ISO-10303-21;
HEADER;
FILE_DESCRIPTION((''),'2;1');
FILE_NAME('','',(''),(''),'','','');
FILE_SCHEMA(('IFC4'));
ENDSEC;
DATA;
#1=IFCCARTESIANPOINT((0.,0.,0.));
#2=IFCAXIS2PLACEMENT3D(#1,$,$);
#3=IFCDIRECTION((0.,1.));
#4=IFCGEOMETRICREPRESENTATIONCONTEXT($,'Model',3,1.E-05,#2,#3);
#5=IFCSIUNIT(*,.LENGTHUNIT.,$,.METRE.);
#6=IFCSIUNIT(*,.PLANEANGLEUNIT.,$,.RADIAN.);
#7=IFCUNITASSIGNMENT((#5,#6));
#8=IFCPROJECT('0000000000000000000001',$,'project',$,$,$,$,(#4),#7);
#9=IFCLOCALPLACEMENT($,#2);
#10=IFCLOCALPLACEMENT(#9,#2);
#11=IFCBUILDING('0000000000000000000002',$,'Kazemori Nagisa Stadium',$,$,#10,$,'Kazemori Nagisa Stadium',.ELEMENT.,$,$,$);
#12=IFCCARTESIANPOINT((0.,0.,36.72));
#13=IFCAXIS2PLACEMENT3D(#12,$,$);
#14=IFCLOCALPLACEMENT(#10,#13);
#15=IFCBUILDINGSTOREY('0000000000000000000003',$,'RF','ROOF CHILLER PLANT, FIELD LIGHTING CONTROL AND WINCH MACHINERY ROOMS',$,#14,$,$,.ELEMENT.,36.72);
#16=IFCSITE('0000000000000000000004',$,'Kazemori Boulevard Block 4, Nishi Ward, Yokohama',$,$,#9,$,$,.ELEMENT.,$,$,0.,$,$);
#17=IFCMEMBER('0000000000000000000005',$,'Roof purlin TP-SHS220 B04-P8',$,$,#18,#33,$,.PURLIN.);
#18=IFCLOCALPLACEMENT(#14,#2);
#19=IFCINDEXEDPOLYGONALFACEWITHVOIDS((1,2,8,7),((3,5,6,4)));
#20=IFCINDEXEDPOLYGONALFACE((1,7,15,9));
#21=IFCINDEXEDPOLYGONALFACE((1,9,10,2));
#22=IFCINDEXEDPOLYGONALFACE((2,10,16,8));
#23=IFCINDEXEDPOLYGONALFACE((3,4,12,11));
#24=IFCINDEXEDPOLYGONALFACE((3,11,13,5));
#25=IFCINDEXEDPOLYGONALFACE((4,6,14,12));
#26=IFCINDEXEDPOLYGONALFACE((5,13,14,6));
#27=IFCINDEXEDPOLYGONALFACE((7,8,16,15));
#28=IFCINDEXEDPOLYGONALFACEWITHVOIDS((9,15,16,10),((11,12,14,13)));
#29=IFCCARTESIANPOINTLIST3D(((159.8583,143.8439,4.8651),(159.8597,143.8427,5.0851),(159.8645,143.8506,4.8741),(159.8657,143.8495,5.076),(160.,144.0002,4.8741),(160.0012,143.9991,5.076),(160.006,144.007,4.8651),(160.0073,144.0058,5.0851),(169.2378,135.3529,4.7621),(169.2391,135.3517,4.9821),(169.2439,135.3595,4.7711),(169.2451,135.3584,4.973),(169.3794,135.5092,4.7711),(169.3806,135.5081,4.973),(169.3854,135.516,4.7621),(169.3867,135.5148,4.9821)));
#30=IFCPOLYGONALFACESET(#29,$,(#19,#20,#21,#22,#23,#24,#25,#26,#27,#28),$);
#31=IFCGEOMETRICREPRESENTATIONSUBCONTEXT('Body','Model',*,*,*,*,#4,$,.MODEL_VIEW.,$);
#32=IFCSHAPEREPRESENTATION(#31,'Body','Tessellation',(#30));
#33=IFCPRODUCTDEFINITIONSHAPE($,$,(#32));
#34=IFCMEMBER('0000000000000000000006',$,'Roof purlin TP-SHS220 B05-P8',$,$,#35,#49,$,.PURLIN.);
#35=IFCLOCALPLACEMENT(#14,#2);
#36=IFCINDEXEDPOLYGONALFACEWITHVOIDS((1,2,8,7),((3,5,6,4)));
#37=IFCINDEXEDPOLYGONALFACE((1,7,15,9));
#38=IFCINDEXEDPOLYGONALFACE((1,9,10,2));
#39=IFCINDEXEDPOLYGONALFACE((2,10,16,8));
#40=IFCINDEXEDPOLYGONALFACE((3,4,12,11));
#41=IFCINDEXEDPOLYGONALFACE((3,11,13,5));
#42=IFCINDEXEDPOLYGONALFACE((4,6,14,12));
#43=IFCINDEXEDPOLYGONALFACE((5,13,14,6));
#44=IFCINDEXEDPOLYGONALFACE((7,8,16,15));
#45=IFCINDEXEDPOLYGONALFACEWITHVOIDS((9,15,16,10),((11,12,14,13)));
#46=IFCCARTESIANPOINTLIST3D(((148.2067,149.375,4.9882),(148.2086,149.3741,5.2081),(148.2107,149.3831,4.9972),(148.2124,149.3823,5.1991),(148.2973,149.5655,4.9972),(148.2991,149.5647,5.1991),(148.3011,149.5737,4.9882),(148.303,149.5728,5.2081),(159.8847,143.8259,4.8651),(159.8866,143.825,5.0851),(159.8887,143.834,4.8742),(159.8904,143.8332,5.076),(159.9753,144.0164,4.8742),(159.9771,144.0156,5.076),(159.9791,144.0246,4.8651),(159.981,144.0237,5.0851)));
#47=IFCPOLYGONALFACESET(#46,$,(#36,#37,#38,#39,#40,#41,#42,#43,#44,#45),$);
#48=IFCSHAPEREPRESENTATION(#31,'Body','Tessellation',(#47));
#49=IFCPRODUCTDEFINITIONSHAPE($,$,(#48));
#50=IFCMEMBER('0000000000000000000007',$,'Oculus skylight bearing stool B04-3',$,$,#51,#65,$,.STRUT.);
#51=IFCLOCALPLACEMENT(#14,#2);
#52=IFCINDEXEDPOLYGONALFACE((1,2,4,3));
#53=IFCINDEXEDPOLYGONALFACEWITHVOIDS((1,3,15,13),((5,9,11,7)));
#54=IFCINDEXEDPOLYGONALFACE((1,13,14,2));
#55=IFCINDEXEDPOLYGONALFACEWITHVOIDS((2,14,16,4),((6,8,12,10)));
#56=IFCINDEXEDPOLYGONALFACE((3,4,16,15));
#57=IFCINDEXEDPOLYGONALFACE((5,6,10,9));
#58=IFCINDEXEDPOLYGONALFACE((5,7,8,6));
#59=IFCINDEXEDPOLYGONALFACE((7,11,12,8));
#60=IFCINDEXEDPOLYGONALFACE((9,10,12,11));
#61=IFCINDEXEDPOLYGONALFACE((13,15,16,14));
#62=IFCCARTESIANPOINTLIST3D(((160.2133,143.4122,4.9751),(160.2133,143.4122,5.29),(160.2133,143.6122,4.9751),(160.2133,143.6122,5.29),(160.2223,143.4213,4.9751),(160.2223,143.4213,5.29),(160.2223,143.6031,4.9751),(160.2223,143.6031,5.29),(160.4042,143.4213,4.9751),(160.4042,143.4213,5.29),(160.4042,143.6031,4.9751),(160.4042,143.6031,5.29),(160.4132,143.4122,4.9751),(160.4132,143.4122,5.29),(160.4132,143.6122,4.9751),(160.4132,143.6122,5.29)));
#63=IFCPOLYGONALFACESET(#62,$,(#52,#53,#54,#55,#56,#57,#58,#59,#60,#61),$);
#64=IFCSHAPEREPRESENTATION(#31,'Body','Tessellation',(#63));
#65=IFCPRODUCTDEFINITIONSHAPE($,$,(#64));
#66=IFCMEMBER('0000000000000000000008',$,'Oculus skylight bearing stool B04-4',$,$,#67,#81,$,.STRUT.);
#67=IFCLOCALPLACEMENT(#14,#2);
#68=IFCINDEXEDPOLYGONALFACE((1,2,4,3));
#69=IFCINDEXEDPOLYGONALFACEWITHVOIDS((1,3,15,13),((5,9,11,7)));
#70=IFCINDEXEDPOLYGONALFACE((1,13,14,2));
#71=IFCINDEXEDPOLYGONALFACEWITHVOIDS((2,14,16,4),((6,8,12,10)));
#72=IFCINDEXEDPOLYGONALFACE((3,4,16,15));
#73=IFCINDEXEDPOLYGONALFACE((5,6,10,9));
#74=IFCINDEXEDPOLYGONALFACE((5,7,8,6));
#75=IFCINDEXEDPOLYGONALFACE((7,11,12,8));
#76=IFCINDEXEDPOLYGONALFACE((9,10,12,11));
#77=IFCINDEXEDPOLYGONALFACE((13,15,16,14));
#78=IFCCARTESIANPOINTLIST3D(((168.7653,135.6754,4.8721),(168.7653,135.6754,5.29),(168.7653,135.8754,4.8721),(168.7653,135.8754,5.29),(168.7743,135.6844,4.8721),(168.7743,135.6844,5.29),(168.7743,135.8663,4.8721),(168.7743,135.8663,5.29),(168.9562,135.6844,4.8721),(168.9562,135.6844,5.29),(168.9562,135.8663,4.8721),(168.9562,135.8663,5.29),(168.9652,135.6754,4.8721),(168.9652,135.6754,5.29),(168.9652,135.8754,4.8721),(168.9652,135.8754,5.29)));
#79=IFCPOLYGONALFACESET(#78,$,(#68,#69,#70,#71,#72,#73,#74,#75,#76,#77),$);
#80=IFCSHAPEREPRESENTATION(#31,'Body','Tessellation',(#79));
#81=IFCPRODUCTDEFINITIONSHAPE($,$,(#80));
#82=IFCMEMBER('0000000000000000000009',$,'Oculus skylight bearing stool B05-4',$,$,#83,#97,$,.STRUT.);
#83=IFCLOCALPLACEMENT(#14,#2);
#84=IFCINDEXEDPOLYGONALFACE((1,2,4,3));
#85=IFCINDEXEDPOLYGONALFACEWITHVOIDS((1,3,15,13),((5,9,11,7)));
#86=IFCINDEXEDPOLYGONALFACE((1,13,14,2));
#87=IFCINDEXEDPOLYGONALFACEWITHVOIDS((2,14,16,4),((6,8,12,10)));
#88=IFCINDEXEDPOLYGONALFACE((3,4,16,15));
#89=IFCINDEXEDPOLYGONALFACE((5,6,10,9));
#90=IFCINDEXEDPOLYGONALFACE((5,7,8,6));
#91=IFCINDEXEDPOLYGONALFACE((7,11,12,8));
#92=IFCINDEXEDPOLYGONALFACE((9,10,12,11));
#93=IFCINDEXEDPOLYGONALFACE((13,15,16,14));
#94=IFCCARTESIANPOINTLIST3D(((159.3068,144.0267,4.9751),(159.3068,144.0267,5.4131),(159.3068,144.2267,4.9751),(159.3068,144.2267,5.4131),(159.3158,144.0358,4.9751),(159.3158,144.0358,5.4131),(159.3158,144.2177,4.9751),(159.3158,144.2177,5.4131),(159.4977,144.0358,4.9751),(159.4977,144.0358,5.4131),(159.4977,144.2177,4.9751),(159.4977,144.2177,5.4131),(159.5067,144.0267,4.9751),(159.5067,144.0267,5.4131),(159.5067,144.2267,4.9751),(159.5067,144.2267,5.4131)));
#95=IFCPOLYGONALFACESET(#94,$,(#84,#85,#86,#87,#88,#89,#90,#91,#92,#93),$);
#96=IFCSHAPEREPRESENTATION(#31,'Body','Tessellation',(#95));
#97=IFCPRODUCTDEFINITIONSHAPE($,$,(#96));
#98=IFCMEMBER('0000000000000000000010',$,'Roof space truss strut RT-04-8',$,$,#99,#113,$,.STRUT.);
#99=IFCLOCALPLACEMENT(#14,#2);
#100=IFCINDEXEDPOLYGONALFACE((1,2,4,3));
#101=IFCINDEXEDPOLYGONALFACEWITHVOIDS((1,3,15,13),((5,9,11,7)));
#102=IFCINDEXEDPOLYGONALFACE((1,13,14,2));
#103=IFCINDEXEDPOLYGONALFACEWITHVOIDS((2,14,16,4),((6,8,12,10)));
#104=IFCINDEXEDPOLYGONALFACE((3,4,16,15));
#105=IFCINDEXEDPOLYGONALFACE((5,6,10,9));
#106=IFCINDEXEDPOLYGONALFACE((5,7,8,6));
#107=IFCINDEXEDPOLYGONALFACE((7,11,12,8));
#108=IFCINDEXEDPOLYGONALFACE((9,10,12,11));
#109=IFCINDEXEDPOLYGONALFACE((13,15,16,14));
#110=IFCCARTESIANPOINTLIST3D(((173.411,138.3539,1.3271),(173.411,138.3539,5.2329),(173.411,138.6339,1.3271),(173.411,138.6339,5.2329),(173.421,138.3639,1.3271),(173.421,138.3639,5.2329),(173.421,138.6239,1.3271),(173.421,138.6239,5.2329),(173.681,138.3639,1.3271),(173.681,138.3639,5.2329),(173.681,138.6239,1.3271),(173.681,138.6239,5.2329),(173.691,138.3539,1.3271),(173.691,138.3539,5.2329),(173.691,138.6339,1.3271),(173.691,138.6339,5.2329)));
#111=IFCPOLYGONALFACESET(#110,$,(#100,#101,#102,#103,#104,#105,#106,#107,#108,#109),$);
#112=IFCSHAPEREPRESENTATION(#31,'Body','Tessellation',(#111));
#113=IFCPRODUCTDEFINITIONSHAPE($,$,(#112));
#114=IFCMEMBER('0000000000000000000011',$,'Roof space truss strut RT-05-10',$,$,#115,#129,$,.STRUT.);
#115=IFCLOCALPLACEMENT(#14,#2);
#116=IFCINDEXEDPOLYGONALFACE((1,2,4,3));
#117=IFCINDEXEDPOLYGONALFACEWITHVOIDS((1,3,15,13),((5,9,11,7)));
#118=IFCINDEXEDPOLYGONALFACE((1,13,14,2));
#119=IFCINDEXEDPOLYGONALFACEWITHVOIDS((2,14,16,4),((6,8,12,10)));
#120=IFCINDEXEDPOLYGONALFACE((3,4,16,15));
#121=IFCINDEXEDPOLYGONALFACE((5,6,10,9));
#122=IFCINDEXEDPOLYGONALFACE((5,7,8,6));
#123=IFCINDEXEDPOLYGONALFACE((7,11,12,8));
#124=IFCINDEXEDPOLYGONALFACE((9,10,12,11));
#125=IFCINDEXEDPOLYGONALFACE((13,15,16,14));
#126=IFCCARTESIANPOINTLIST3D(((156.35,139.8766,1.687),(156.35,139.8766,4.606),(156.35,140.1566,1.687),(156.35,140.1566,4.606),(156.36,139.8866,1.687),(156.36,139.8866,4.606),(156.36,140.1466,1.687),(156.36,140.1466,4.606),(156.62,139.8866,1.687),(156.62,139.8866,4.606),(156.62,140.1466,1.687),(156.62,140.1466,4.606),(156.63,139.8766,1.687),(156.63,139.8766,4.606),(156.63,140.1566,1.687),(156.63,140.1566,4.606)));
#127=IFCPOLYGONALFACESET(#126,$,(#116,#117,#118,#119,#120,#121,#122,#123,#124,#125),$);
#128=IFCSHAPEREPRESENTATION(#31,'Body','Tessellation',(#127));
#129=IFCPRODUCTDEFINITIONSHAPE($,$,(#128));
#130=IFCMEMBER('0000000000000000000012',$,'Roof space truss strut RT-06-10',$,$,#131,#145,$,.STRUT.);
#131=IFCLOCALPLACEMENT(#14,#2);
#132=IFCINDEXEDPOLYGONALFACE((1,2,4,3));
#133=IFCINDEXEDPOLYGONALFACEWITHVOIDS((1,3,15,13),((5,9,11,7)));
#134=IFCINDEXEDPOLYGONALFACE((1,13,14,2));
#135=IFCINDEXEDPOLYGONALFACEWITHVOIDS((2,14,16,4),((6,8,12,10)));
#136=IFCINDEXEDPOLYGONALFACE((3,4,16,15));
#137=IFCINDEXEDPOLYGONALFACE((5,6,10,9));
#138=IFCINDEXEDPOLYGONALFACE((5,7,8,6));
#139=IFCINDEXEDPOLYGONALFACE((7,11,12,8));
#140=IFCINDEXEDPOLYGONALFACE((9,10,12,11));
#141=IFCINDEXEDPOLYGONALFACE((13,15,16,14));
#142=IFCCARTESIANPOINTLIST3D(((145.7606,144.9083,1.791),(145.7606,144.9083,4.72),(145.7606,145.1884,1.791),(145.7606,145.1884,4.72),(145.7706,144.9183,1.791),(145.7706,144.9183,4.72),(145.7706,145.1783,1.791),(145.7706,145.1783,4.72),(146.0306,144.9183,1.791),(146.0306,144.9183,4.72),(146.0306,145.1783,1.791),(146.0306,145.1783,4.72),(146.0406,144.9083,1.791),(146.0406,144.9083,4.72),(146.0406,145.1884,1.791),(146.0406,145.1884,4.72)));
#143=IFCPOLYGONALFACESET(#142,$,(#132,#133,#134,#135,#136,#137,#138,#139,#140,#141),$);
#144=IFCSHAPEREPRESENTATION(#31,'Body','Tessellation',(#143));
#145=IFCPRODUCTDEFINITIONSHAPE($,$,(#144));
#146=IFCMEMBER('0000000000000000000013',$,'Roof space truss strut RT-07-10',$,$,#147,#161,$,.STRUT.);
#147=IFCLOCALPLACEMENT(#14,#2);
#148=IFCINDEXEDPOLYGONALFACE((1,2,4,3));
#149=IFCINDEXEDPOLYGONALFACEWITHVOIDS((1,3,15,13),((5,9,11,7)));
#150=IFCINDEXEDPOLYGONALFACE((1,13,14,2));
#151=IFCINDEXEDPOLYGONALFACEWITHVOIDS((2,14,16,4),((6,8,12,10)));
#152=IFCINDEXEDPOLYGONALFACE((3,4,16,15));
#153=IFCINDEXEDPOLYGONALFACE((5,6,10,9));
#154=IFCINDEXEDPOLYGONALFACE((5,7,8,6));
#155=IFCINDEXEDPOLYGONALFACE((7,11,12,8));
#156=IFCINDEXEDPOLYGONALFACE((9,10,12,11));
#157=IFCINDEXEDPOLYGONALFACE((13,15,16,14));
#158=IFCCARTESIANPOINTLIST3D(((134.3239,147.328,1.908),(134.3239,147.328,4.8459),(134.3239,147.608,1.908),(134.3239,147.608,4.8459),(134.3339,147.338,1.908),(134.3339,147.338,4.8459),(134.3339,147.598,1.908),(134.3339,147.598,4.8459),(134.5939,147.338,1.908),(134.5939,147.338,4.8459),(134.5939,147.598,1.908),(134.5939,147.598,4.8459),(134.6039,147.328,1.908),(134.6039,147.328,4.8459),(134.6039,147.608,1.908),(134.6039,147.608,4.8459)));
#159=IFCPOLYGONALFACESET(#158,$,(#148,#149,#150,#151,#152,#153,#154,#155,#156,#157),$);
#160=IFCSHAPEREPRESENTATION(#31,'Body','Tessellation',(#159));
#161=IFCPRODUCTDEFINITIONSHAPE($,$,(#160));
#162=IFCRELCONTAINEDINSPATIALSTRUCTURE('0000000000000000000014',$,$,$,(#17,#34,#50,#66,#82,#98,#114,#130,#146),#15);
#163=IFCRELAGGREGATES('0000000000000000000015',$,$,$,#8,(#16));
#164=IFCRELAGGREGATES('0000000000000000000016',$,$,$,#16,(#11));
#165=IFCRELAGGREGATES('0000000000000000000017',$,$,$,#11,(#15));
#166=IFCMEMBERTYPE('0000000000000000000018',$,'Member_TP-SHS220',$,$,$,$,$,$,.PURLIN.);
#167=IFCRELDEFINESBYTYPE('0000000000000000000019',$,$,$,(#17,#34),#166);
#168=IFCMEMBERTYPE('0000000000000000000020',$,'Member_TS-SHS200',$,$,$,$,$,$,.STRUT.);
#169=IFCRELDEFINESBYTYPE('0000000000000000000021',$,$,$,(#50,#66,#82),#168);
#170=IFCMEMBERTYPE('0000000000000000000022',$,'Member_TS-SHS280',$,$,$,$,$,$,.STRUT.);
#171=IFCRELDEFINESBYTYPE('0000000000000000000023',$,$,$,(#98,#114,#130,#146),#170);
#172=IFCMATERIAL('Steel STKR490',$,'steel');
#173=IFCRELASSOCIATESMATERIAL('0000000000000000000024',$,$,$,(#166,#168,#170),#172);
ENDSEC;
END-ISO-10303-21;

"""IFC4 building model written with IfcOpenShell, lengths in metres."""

from ifc_helpers import new_model, si_unit, direction, frame, origin, origin_2d, place, context, subcontext, project, spatial, hollow_rectangle, extrude, material, material_profile, profile_set, type_object, element, save


model = new_model("IFC4")

# Units and contexts
model_context = context("Model", 3, precision=1e-05, world=origin(), true_north=direction((0.0, 1.0)))
body_context = subcontext(model_context, "Body", "Model", "MODEL_VIEW")
ifc_project = project(units=[si_unit("LENGTHUNIT", "METRE"), si_unit("PLANEANGLEUNIT", "RADIAN")], contexts=[model_context])

# Site, building, storey
site_placement = place(None, origin())
site = spatial("IfcSite", under=ifc_project, at=site_placement, Name="Kazemori Boulevard Block 4, Nishi Ward, Yokohama", CompositionType="ELEMENT", RefElevation=0.0)
building_placement = place(site_placement, origin())
building = spatial("IfcBuilding", under=site, at=building_placement, Name="Kazemori Nagisa Stadium", LongName="Kazemori Nagisa Stadium", CompositionType="ELEMENT")
storey_placement = place(building_placement, frame((0.0, 0.0, 36.72)))
storey = spatial("IfcBuildingStorey", under=building, at=storey_placement, Name="RF", Description="ROOF CHILLER PLANT, FIELD LIGHTING CONTROL AND WINCH MACHINERY ROOMS", CompositionType="ELEMENT", Elevation=36.72)

# Members
ifc_material = material(Name="Steel STKR490", Category="steel")
ifc_material_profile_1 = material_profile(ifc_material, hollow_rectangle(XDim=0.22, YDim=0.22, WallThickness=0.009, at=origin_2d()), Name="SHS-220x220x9")
ifc_profile_set_1 = profile_set([ifc_material_profile_1], Name="Steel STKR490")
member_type_1 = type_object("IfcMemberType", Name="Member_TP-SHS220", PredefinedType="PURLIN", material=ifc_profile_set_1)
member_1_placement = place(storey_placement, frame((169.3123, 135.4338, 4.8721), z_axis=(-0.741321, 0.671102, 0.008143), x_axis=(-0.671124, -0.741345, 0.0)))
element("IfcMember", 1, at=member_1_placement, inside=storey, type_object=member_type_1, Name="Roof purlin TP-SHS220 B04-P8", PredefinedType="PURLIN", context=body_context, shape_type="SweptSolid", body=[
    extrude(hollow_rectangle(XDim=0.22, YDim=0.22, WallThickness=0.009, at=origin_2d()), origin(), (0.0, 0.0, 1.0), 12.6523),
])
member_2_placement = place(storey_placement, frame((159.9329, 143.9248, 4.9751), z_axis=(-0.903176, 0.429166, 0.009516), x_axis=(-0.429185, -0.903217, 0.0)))
element("IfcMember", 2, at=member_2_placement, inside=storey, type_object=member_type_1, Name="Roof purlin TP-SHS220 B05-P8", PredefinedType="PURLIN", context=body_context, shape_type="SweptSolid", body=[
    extrude(hollow_rectangle(XDim=0.22, YDim=0.22, WallThickness=0.009, at=origin_2d()), origin(), (0.0, 0.0, 1.0), 12.9299),
])
ifc_material_profile_2 = material_profile(ifc_material, hollow_rectangle(XDim=0.2, YDim=0.2, WallThickness=0.009, at=origin_2d()), Name="SHS-200x200x9")
ifc_profile_set_2 = profile_set([ifc_material_profile_2], Name="Steel STKR490")
member_type_2 = type_object("IfcMemberType", Name="Member_TS-SHS200", PredefinedType="STRUT", material=ifc_profile_set_2)
member_3_placement = place(storey_placement, frame((160.3132, 143.5122, 4.9751), z_axis=(0.0, 0.0, 1.0), x_axis=(1.0, 0.0, 0.0)))
element("IfcMember", 3, at=member_3_placement, inside=storey, type_object=member_type_2, Name="Oculus skylight bearing stool B04-3", PredefinedType="STRUT", context=body_context, shape_type="SweptSolid", body=[
    extrude(hollow_rectangle(XDim=0.2, YDim=0.2, WallThickness=0.009, at=origin_2d()), origin(), (0.0, 0.0, 1.0), 0.3149),
])
member_4_placement = place(storey_placement, frame((168.8652, 135.7754, 4.8721), z_axis=(0.0, 0.0, 1.0), x_axis=(1.0, 0.0, 0.0)))
element("IfcMember", 4, at=member_4_placement, inside=storey, type_object=member_type_2, Name="Oculus skylight bearing stool B04-4", PredefinedType="STRUT", context=body_context, shape_type="SweptSolid", body=[
    extrude(hollow_rectangle(XDim=0.2, YDim=0.2, WallThickness=0.009, at=origin_2d()), origin(), (0.0, 0.0, 1.0), 0.418),
])
member_5_placement = place(storey_placement, frame((159.4067, 144.1267, 4.9751), z_axis=(0.0, 0.0, 1.0), x_axis=(1.0, 0.0, 0.0)))
element("IfcMember", 5, at=member_5_placement, inside=storey, type_object=member_type_2, Name="Oculus skylight bearing stool B05-4", PredefinedType="STRUT", context=body_context, shape_type="SweptSolid", body=[
    extrude(hollow_rectangle(XDim=0.2, YDim=0.2, WallThickness=0.009, at=origin_2d()), origin(), (0.0, 0.0, 1.0), 0.438),
])
ifc_material_profile_3 = material_profile(ifc_material, hollow_rectangle(XDim=0.28, YDim=0.28, WallThickness=0.01, at=origin_2d()), Name="SHS-280x280x10")
ifc_profile_set_3 = profile_set([ifc_material_profile_3], Name="Steel STKR490")
member_type_3 = type_object("IfcMemberType", Name="Member_TS-SHS280", PredefinedType="STRUT", material=ifc_profile_set_3)
member_6_placement = place(storey_placement, frame((173.551, 138.4939, 1.3271), z_axis=(0.0, 0.0, 1.0), x_axis=(1.0, 0.0, 0.0)))
element("IfcMember", 6, at=member_6_placement, inside=storey, type_object=member_type_3, Name="Roof space truss strut RT-04-8", PredefinedType="STRUT", context=body_context, shape_type="SweptSolid", body=[
    extrude(hollow_rectangle(XDim=0.28, YDim=0.28, WallThickness=0.01, at=origin_2d()), origin(), (0.0, 0.0, 1.0), 3.9058),
])
member_7_placement = place(storey_placement, frame((156.49, 140.0166, 1.687), z_axis=(0.0, 0.0, 1.0), x_axis=(1.0, 0.0, 0.0)))
element("IfcMember", 7, at=member_7_placement, inside=storey, type_object=member_type_3, Name="Roof space truss strut RT-05-10", PredefinedType="STRUT", context=body_context, shape_type="SweptSolid", body=[
    extrude(hollow_rectangle(XDim=0.28, YDim=0.28, WallThickness=0.01, at=origin_2d()), origin(), (0.0, 0.0, 1.0), 2.9189),
])
member_8_placement = place(storey_placement, frame((145.9006, 145.0483, 1.791), z_axis=(0.0, 0.0, 1.0), x_axis=(1.0, 0.0, 0.0)))
element("IfcMember", 8, at=member_8_placement, inside=storey, type_object=member_type_3, Name="Roof space truss strut RT-06-10", PredefinedType="STRUT", context=body_context, shape_type="SweptSolid", body=[
    extrude(hollow_rectangle(XDim=0.28, YDim=0.28, WallThickness=0.01, at=origin_2d()), origin(), (0.0, 0.0, 1.0), 2.929),
])
member_9_placement = place(storey_placement, frame((134.4639, 147.468, 1.908), z_axis=(0.0, 0.0, 1.0), x_axis=(1.0, 0.0, 0.0)))
element("IfcMember", 9, at=member_9_placement, inside=storey, type_object=member_type_3, Name="Roof space truss strut RT-07-10", PredefinedType="STRUT", context=body_context, shape_type="SweptSolid", body=[
    extrude(hollow_rectangle(XDim=0.28, YDim=0.28, WallThickness=0.01, at=origin_2d()), origin(), (0.0, 0.0, 1.0), 2.938),
])

save(model, "model.ifc")
